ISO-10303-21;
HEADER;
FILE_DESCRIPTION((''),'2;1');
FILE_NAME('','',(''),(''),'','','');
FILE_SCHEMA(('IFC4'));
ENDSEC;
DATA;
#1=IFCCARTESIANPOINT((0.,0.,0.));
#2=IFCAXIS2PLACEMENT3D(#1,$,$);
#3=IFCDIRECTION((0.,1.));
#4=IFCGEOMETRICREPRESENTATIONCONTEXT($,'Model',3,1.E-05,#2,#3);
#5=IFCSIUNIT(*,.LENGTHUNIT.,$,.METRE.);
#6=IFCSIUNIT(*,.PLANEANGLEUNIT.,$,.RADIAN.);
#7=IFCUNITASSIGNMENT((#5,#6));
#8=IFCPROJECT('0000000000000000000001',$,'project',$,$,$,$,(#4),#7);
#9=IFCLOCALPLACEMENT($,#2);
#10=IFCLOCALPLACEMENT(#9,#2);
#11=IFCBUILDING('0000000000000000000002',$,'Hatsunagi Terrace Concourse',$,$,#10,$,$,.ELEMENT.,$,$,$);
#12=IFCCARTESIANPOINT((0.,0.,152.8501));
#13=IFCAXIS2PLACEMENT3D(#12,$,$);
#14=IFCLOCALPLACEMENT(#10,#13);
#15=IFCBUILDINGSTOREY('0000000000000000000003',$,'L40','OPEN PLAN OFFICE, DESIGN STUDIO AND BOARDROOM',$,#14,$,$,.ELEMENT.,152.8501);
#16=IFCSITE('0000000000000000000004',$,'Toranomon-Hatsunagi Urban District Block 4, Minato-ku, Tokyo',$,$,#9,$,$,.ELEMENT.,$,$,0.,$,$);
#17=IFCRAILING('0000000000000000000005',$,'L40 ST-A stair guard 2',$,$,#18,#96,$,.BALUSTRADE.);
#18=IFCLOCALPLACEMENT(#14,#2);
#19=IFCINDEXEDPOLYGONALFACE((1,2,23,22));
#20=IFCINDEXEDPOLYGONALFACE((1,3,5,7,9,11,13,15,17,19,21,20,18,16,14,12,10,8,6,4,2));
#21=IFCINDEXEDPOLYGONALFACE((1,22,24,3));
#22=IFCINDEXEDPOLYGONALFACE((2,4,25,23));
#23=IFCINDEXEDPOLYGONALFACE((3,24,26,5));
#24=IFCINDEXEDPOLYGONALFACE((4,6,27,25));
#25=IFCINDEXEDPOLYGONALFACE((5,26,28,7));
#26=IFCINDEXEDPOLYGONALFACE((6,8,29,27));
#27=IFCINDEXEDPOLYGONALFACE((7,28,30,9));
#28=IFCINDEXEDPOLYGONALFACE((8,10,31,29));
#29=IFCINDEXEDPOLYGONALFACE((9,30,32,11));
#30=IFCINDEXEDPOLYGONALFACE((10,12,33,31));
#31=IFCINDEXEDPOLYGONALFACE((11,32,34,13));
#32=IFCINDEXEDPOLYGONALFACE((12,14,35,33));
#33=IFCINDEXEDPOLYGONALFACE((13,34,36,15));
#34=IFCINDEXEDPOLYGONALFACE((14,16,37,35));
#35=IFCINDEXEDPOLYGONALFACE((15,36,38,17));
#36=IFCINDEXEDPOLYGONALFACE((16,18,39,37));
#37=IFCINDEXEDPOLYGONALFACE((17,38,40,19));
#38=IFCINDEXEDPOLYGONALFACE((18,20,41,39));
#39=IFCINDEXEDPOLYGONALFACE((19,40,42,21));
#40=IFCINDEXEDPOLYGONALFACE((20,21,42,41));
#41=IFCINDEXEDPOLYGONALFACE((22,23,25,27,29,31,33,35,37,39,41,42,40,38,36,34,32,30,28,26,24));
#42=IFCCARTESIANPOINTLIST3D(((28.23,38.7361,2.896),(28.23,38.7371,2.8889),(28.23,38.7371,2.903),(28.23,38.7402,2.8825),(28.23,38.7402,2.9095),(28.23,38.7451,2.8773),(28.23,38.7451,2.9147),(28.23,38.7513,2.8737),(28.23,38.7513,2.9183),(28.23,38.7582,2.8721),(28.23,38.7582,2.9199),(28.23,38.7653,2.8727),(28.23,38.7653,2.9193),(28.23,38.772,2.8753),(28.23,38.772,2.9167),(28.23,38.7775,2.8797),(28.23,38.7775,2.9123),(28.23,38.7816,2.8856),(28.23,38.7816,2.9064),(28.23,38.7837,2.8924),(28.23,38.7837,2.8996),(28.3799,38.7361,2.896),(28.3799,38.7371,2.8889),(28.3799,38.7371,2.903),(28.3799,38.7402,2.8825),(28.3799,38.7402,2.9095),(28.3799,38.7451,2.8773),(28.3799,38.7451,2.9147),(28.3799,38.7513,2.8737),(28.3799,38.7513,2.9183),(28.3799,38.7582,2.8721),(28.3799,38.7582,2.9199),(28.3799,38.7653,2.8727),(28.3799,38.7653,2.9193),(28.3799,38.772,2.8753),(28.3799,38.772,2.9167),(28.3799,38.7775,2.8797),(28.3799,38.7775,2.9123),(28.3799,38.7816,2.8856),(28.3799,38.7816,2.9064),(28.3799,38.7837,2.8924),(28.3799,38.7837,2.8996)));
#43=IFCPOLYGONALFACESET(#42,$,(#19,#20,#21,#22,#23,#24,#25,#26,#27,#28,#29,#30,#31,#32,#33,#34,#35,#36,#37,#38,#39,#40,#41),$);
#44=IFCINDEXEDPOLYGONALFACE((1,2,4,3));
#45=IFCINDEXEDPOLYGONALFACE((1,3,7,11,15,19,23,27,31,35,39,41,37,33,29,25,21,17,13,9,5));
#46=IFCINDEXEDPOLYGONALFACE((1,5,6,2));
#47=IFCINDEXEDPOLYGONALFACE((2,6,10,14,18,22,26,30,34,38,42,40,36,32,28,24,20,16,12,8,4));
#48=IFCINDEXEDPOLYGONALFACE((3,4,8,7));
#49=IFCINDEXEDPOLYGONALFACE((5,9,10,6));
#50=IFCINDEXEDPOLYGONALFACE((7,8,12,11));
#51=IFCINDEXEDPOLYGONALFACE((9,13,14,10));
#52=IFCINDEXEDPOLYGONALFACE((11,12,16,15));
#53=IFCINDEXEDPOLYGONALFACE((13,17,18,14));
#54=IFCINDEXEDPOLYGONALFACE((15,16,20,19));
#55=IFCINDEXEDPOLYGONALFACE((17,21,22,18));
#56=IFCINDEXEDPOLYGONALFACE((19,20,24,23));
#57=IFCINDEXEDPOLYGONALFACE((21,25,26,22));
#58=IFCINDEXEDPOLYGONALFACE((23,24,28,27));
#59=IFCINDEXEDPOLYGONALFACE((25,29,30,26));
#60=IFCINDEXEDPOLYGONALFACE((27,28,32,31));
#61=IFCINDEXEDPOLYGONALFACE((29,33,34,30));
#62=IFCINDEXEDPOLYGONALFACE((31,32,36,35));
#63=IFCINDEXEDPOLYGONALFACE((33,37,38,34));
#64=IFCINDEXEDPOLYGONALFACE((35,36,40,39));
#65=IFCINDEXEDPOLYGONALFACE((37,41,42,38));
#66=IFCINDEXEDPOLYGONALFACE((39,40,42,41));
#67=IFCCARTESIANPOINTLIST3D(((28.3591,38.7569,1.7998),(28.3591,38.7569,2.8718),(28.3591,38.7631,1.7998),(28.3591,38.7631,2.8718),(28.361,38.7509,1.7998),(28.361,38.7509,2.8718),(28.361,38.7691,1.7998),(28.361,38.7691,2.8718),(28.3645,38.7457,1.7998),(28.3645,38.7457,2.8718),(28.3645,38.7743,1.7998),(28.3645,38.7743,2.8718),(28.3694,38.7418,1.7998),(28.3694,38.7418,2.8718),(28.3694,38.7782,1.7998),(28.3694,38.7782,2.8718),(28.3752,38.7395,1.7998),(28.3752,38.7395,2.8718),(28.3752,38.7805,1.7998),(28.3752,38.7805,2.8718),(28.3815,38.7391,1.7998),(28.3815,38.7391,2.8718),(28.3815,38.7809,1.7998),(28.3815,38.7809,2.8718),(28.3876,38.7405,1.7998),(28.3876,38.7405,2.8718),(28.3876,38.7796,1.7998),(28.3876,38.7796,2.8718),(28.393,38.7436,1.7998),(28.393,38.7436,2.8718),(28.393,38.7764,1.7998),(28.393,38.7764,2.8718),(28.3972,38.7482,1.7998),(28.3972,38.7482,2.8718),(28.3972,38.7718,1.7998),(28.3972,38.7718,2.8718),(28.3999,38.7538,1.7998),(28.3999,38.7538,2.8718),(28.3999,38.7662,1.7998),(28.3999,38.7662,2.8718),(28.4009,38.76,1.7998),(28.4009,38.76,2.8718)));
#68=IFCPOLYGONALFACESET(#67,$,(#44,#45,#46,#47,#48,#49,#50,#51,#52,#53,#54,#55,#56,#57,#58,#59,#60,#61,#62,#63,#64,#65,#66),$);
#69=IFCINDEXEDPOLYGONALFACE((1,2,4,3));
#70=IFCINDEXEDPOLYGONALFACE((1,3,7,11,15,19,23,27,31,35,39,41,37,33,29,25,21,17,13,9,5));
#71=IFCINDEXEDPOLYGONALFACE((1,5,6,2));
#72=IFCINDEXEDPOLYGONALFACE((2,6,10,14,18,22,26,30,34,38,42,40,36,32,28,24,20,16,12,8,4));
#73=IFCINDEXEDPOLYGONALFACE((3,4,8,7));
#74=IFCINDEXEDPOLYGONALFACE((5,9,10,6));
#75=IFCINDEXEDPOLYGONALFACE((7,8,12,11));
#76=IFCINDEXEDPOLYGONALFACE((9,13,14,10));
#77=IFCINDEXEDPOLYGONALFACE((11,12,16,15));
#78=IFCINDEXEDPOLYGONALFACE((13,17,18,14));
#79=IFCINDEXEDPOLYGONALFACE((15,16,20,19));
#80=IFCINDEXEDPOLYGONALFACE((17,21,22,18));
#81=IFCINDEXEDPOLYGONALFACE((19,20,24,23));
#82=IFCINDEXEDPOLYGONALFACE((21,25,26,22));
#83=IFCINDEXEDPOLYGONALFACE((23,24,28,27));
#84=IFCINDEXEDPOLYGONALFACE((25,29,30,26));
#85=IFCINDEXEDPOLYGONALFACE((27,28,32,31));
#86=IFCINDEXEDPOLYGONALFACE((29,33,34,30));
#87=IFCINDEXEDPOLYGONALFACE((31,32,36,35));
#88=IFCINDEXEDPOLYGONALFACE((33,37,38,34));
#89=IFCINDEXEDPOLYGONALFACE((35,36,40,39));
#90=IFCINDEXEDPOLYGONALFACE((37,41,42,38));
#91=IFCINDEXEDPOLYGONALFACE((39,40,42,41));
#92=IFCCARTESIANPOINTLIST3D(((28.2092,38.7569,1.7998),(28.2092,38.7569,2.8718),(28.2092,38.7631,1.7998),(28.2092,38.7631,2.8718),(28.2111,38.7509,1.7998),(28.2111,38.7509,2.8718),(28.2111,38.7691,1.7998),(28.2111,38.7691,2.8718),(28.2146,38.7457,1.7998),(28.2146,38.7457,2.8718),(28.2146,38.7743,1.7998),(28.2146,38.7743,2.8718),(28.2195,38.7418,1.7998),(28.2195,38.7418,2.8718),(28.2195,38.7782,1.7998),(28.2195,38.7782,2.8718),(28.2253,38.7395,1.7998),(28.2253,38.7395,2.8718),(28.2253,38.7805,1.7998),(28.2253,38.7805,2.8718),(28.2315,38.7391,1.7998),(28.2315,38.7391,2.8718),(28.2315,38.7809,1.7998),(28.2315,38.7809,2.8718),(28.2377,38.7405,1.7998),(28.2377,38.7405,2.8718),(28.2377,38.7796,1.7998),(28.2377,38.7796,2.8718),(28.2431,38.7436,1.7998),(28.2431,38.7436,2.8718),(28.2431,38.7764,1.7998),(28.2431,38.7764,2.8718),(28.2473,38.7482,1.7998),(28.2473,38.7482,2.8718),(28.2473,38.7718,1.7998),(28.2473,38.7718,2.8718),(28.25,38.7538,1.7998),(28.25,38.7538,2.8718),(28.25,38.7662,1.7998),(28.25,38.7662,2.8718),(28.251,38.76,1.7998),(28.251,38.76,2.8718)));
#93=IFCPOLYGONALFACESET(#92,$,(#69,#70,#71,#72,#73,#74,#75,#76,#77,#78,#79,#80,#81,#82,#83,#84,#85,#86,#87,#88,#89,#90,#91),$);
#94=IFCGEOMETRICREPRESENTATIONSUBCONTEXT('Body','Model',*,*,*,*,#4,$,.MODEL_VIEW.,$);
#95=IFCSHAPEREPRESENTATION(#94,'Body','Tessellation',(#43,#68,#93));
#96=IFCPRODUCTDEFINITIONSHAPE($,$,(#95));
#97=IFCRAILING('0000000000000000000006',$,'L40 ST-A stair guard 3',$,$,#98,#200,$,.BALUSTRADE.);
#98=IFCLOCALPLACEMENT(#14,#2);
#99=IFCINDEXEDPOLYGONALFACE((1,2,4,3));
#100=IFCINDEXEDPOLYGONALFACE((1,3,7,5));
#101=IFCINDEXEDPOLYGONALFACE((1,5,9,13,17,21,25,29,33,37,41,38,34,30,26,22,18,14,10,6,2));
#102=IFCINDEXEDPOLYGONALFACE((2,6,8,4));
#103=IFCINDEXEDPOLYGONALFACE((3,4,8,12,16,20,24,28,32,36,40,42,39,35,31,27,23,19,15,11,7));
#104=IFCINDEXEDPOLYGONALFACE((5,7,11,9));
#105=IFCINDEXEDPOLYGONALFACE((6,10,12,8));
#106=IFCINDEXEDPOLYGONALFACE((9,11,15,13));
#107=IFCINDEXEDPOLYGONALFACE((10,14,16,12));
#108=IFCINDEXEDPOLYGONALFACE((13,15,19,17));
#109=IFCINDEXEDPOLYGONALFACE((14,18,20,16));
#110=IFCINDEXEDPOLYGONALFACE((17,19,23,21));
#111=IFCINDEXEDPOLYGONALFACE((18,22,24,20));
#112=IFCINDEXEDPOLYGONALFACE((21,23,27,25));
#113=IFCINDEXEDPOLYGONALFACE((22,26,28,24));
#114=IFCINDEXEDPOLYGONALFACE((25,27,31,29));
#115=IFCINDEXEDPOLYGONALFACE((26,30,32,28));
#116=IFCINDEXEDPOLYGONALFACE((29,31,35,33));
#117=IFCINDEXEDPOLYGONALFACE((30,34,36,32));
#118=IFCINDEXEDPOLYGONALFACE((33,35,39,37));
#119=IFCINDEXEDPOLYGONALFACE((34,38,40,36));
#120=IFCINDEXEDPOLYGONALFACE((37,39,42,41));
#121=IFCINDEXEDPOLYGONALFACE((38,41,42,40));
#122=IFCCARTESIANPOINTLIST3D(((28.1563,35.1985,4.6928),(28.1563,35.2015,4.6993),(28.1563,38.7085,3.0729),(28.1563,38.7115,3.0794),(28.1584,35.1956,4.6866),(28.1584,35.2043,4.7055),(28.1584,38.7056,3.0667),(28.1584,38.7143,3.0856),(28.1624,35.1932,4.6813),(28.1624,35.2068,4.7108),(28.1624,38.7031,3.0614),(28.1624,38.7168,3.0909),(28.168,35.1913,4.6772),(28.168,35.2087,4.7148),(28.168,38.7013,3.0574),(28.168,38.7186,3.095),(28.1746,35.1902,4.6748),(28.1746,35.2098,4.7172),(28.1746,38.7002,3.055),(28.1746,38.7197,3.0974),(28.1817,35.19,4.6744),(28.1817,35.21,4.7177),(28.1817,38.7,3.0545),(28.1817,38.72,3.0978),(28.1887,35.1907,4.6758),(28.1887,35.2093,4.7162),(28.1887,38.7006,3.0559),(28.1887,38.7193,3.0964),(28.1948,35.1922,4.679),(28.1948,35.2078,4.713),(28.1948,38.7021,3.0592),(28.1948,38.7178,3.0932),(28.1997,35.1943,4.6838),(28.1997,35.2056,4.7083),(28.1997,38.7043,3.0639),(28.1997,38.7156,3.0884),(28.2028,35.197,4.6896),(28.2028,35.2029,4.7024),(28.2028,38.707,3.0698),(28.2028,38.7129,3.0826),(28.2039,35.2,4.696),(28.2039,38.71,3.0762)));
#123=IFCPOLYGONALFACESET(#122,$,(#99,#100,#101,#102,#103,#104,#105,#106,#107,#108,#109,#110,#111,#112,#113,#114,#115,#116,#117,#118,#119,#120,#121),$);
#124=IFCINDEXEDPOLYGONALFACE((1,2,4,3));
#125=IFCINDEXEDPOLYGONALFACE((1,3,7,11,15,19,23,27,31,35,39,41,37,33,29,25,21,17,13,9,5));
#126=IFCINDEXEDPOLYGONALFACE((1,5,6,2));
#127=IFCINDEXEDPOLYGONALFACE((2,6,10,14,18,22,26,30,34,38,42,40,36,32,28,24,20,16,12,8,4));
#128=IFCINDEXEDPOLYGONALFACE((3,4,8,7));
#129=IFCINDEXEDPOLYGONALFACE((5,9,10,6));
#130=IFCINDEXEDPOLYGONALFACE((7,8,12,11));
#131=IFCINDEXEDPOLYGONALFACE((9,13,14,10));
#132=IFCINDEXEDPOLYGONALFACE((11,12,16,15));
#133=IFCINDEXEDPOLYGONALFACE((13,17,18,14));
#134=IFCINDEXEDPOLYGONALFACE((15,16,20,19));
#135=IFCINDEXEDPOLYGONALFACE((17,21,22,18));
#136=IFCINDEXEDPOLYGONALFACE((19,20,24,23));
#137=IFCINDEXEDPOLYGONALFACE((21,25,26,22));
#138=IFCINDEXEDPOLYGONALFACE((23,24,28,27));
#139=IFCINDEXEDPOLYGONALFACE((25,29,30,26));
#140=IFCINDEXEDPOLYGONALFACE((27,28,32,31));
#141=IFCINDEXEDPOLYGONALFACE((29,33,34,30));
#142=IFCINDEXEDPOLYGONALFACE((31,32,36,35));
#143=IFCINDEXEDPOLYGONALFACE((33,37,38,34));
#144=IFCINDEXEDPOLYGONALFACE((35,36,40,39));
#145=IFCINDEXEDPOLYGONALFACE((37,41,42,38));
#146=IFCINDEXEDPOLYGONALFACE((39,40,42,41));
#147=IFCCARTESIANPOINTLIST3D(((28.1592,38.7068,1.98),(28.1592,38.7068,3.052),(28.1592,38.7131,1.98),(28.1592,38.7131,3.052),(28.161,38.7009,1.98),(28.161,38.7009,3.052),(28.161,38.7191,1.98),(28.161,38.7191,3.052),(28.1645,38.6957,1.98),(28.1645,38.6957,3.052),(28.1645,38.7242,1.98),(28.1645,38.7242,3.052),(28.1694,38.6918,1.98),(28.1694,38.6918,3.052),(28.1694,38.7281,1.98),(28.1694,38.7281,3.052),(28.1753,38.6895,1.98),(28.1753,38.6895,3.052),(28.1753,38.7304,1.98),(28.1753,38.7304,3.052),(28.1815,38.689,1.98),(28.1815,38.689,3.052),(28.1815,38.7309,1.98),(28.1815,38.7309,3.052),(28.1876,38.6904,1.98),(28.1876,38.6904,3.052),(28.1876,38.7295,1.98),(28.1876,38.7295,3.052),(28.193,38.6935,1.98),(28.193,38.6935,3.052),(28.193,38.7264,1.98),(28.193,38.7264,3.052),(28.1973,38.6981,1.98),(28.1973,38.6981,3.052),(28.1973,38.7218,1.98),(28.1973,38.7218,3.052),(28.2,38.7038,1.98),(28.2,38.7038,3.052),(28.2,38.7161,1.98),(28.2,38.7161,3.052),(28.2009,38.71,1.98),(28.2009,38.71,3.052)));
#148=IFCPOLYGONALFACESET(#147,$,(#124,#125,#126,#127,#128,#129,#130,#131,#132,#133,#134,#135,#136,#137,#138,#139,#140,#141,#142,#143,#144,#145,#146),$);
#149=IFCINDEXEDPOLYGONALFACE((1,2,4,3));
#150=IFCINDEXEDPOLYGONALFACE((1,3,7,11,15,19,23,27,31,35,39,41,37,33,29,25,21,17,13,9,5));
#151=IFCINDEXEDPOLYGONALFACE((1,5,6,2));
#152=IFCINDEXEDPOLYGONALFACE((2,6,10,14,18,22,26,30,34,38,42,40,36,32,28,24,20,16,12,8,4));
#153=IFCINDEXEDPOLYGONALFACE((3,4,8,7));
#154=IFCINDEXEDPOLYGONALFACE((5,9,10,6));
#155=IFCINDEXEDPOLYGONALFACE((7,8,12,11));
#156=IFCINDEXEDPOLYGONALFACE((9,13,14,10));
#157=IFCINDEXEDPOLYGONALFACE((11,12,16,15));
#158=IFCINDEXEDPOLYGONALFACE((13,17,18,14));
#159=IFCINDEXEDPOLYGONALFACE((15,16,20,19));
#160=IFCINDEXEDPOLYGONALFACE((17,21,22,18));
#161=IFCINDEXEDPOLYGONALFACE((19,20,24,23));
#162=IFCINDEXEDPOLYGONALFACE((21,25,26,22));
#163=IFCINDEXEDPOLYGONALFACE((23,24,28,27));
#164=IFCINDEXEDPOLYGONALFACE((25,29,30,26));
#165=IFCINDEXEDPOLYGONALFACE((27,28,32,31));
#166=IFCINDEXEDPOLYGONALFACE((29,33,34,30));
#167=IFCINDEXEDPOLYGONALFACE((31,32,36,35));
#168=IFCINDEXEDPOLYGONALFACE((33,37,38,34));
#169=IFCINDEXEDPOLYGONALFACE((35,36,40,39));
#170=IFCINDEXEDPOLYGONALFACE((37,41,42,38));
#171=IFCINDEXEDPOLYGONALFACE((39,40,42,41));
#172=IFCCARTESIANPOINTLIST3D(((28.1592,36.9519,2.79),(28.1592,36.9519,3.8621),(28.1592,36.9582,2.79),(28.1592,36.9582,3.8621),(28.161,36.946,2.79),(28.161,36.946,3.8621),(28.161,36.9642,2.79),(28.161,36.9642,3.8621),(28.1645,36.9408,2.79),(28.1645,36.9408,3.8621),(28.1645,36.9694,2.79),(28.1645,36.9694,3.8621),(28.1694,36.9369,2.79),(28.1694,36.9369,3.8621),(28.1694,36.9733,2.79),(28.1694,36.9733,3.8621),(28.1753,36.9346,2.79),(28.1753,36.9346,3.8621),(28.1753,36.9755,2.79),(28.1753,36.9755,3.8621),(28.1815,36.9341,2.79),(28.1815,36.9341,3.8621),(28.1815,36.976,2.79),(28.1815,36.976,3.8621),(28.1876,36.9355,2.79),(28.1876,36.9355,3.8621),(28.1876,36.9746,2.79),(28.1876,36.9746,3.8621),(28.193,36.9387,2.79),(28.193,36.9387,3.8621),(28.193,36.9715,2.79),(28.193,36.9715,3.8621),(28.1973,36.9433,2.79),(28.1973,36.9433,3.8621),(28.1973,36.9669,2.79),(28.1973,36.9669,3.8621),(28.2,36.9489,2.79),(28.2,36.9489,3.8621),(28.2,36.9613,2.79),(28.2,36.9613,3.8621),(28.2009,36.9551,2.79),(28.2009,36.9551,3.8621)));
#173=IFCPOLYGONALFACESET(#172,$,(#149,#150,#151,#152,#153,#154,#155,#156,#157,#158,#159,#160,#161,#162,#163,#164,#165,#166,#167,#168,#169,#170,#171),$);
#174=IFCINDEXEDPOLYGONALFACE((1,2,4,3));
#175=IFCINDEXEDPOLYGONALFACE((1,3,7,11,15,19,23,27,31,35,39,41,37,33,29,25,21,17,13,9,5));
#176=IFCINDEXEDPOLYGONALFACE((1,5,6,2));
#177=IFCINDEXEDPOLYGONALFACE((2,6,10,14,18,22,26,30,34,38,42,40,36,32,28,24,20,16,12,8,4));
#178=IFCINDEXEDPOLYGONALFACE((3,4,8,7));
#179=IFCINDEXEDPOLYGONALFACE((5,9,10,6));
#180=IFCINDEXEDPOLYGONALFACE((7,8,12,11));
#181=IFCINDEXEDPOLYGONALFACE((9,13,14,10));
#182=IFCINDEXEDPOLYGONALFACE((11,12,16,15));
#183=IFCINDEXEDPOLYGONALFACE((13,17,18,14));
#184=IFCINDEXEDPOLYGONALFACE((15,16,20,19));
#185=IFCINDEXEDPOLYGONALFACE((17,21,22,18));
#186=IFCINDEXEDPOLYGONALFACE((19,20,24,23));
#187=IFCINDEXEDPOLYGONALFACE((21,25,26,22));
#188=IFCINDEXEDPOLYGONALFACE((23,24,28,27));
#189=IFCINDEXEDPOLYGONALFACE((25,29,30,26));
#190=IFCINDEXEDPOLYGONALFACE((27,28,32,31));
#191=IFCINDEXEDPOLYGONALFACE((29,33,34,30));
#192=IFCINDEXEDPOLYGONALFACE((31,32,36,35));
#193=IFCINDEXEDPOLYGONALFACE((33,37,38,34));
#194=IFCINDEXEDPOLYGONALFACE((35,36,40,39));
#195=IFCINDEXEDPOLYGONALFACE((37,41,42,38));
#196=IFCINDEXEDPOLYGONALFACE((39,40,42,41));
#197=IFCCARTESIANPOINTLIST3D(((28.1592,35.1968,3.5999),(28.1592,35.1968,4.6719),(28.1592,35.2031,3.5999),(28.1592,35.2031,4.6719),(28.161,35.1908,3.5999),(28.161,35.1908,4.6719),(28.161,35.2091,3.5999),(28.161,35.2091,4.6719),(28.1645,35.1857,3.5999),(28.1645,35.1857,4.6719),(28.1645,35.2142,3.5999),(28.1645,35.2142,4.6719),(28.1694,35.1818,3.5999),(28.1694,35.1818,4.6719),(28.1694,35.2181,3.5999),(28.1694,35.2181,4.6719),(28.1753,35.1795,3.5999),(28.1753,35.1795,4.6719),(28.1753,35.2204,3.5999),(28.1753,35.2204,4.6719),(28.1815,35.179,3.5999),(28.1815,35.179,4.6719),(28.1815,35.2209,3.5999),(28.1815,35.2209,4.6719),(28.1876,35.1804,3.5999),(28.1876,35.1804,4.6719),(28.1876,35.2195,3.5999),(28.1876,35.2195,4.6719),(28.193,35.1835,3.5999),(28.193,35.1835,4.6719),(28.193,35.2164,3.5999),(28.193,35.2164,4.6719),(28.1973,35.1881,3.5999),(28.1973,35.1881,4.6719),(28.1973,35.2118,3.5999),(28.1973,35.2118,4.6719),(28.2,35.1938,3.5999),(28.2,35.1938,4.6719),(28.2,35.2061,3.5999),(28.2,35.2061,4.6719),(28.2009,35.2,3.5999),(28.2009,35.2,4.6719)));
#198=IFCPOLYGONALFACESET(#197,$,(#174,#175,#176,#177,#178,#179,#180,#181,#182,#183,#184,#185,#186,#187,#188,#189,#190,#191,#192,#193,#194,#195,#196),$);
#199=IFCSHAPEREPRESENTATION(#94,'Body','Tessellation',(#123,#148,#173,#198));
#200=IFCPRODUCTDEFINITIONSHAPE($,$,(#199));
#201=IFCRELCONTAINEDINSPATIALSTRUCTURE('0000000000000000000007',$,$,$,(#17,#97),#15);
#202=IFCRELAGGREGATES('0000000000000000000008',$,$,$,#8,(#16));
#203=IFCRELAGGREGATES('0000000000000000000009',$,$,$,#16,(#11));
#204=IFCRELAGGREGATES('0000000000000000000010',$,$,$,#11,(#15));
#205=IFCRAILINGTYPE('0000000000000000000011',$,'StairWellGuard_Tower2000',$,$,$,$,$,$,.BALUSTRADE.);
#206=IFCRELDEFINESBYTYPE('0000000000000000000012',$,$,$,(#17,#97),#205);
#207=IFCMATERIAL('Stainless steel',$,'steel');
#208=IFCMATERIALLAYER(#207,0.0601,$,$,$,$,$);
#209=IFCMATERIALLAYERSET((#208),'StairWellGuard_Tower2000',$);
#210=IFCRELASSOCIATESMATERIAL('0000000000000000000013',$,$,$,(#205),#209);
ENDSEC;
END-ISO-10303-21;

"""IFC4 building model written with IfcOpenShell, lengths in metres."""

from ifc_helpers import new_model, si_unit, direction, frame, origin, origin_2d, place, context, subcontext, project, spatial, circle, extrude, material, layer, layer_set, type_object, element, save


model = new_model("IFC4")

# Units and contexts
model_context = context("Model", 3, precision=1e-05, world=origin(), true_north=direction((0.0, 1.0)))
body_context = subcontext(model_context, "Body", "Model", "MODEL_VIEW")
ifc_project = project(units=[si_unit("LENGTHUNIT", "METRE"), si_unit("PLANEANGLEUNIT", "RADIAN")], contexts=[model_context])

# Site, building, storey
site_placement = place(None, origin())
site = spatial("IfcSite", under=ifc_project, at=site_placement, Name="Toranomon-Hatsunagi Urban District Block 4, Minato-ku, Tokyo", CompositionType="ELEMENT", RefElevation=0.0)
building_placement = place(site_placement, origin())
building = spatial("IfcBuilding", under=site, at=building_placement, Name="Hatsunagi Terrace Concourse", CompositionType="ELEMENT")
storey_placement = place(building_placement, frame((0.0, 0.0, 152.8501)))
storey = spatial("IfcBuildingStorey", under=building, at=storey_placement, Name="L40", Description="OPEN PLAN OFFICE, DESIGN STUDIO AND BOARDROOM", CompositionType="ELEMENT", Elevation=152.8501)

# Railings
ifc_material_1 = material(Name="Stainless steel", Category="steel")
ifc_layer_1 = layer(ifc_material_1, 0.0601)
ifc_layer_set_1 = layer_set([ifc_layer_1], Name="StairWellGuard_Tower2000")
railing_type = type_object("IfcRailingType", Name="StairWellGuard_Tower2000", PredefinedType="BALUSTRADE", material=ifc_layer_set_1)
railing_1_placement = place(storey_placement, frame((28.3799, 38.76, 1.7998)))
element("IfcRailing", 1, at=railing_1_placement, inside=storey, type_object=railing_type, Name="L40 ST-A stair guard 2", PredefinedType="BALUSTRADE", context=body_context, shape_type="SweptSolid", body=[
    extrude(circle(Radius=0.0239, at=origin_2d()), frame((0.0, 0.0, 1.0962), z_axis=(-1.0, 0.0, 0.0), x_axis=(0.0, -1.0, 0.0)), (0.0, 0.0, 1.0), 0.1499),
    extrude(circle(Radius=0.021, at=origin_2d()), origin(), (0.0, 0.0, 1.0), 1.072),
    extrude(circle(Radius=0.021, at=origin_2d()), frame((-0.1499, 0.0, 0.0)), (0.0, 0.0, 1.0), 1.072),
])
railing_2_placement = place(storey_placement, frame((28.1799, 38.71, 1.98)))
element("IfcRailing", 2, at=railing_2_placement, inside=storey, type_object=railing_type, Name="L40 ST-A stair guard 3", PredefinedType="BALUSTRADE", context=body_context, shape_type="SweptSolid", body=[
    extrude(circle(Radius=0.0239, at=origin_2d()), frame((0.0, 0.0, 1.0962), z_axis=(0.0, -0.907972, 0.41903), x_axis=(1.0, 0.0, 0.0)), (0.0, 0.0, 1.0), 3.8657),
    extrude(circle(Radius=0.021, at=origin_2d()), origin(), (0.0, 0.0, 1.0), 1.072),
    extrude(circle(Radius=0.021, at=origin_2d()), frame((0.0, -1.7549, 0.8101)), (0.0, 0.0, 1.0), 1.072),
    extrude(circle(Radius=0.021, at=origin_2d()), frame((0.0, -3.51, 1.6199)), (0.0, 0.0, 1.0), 1.072),
])

save(model, "model.ifc")
